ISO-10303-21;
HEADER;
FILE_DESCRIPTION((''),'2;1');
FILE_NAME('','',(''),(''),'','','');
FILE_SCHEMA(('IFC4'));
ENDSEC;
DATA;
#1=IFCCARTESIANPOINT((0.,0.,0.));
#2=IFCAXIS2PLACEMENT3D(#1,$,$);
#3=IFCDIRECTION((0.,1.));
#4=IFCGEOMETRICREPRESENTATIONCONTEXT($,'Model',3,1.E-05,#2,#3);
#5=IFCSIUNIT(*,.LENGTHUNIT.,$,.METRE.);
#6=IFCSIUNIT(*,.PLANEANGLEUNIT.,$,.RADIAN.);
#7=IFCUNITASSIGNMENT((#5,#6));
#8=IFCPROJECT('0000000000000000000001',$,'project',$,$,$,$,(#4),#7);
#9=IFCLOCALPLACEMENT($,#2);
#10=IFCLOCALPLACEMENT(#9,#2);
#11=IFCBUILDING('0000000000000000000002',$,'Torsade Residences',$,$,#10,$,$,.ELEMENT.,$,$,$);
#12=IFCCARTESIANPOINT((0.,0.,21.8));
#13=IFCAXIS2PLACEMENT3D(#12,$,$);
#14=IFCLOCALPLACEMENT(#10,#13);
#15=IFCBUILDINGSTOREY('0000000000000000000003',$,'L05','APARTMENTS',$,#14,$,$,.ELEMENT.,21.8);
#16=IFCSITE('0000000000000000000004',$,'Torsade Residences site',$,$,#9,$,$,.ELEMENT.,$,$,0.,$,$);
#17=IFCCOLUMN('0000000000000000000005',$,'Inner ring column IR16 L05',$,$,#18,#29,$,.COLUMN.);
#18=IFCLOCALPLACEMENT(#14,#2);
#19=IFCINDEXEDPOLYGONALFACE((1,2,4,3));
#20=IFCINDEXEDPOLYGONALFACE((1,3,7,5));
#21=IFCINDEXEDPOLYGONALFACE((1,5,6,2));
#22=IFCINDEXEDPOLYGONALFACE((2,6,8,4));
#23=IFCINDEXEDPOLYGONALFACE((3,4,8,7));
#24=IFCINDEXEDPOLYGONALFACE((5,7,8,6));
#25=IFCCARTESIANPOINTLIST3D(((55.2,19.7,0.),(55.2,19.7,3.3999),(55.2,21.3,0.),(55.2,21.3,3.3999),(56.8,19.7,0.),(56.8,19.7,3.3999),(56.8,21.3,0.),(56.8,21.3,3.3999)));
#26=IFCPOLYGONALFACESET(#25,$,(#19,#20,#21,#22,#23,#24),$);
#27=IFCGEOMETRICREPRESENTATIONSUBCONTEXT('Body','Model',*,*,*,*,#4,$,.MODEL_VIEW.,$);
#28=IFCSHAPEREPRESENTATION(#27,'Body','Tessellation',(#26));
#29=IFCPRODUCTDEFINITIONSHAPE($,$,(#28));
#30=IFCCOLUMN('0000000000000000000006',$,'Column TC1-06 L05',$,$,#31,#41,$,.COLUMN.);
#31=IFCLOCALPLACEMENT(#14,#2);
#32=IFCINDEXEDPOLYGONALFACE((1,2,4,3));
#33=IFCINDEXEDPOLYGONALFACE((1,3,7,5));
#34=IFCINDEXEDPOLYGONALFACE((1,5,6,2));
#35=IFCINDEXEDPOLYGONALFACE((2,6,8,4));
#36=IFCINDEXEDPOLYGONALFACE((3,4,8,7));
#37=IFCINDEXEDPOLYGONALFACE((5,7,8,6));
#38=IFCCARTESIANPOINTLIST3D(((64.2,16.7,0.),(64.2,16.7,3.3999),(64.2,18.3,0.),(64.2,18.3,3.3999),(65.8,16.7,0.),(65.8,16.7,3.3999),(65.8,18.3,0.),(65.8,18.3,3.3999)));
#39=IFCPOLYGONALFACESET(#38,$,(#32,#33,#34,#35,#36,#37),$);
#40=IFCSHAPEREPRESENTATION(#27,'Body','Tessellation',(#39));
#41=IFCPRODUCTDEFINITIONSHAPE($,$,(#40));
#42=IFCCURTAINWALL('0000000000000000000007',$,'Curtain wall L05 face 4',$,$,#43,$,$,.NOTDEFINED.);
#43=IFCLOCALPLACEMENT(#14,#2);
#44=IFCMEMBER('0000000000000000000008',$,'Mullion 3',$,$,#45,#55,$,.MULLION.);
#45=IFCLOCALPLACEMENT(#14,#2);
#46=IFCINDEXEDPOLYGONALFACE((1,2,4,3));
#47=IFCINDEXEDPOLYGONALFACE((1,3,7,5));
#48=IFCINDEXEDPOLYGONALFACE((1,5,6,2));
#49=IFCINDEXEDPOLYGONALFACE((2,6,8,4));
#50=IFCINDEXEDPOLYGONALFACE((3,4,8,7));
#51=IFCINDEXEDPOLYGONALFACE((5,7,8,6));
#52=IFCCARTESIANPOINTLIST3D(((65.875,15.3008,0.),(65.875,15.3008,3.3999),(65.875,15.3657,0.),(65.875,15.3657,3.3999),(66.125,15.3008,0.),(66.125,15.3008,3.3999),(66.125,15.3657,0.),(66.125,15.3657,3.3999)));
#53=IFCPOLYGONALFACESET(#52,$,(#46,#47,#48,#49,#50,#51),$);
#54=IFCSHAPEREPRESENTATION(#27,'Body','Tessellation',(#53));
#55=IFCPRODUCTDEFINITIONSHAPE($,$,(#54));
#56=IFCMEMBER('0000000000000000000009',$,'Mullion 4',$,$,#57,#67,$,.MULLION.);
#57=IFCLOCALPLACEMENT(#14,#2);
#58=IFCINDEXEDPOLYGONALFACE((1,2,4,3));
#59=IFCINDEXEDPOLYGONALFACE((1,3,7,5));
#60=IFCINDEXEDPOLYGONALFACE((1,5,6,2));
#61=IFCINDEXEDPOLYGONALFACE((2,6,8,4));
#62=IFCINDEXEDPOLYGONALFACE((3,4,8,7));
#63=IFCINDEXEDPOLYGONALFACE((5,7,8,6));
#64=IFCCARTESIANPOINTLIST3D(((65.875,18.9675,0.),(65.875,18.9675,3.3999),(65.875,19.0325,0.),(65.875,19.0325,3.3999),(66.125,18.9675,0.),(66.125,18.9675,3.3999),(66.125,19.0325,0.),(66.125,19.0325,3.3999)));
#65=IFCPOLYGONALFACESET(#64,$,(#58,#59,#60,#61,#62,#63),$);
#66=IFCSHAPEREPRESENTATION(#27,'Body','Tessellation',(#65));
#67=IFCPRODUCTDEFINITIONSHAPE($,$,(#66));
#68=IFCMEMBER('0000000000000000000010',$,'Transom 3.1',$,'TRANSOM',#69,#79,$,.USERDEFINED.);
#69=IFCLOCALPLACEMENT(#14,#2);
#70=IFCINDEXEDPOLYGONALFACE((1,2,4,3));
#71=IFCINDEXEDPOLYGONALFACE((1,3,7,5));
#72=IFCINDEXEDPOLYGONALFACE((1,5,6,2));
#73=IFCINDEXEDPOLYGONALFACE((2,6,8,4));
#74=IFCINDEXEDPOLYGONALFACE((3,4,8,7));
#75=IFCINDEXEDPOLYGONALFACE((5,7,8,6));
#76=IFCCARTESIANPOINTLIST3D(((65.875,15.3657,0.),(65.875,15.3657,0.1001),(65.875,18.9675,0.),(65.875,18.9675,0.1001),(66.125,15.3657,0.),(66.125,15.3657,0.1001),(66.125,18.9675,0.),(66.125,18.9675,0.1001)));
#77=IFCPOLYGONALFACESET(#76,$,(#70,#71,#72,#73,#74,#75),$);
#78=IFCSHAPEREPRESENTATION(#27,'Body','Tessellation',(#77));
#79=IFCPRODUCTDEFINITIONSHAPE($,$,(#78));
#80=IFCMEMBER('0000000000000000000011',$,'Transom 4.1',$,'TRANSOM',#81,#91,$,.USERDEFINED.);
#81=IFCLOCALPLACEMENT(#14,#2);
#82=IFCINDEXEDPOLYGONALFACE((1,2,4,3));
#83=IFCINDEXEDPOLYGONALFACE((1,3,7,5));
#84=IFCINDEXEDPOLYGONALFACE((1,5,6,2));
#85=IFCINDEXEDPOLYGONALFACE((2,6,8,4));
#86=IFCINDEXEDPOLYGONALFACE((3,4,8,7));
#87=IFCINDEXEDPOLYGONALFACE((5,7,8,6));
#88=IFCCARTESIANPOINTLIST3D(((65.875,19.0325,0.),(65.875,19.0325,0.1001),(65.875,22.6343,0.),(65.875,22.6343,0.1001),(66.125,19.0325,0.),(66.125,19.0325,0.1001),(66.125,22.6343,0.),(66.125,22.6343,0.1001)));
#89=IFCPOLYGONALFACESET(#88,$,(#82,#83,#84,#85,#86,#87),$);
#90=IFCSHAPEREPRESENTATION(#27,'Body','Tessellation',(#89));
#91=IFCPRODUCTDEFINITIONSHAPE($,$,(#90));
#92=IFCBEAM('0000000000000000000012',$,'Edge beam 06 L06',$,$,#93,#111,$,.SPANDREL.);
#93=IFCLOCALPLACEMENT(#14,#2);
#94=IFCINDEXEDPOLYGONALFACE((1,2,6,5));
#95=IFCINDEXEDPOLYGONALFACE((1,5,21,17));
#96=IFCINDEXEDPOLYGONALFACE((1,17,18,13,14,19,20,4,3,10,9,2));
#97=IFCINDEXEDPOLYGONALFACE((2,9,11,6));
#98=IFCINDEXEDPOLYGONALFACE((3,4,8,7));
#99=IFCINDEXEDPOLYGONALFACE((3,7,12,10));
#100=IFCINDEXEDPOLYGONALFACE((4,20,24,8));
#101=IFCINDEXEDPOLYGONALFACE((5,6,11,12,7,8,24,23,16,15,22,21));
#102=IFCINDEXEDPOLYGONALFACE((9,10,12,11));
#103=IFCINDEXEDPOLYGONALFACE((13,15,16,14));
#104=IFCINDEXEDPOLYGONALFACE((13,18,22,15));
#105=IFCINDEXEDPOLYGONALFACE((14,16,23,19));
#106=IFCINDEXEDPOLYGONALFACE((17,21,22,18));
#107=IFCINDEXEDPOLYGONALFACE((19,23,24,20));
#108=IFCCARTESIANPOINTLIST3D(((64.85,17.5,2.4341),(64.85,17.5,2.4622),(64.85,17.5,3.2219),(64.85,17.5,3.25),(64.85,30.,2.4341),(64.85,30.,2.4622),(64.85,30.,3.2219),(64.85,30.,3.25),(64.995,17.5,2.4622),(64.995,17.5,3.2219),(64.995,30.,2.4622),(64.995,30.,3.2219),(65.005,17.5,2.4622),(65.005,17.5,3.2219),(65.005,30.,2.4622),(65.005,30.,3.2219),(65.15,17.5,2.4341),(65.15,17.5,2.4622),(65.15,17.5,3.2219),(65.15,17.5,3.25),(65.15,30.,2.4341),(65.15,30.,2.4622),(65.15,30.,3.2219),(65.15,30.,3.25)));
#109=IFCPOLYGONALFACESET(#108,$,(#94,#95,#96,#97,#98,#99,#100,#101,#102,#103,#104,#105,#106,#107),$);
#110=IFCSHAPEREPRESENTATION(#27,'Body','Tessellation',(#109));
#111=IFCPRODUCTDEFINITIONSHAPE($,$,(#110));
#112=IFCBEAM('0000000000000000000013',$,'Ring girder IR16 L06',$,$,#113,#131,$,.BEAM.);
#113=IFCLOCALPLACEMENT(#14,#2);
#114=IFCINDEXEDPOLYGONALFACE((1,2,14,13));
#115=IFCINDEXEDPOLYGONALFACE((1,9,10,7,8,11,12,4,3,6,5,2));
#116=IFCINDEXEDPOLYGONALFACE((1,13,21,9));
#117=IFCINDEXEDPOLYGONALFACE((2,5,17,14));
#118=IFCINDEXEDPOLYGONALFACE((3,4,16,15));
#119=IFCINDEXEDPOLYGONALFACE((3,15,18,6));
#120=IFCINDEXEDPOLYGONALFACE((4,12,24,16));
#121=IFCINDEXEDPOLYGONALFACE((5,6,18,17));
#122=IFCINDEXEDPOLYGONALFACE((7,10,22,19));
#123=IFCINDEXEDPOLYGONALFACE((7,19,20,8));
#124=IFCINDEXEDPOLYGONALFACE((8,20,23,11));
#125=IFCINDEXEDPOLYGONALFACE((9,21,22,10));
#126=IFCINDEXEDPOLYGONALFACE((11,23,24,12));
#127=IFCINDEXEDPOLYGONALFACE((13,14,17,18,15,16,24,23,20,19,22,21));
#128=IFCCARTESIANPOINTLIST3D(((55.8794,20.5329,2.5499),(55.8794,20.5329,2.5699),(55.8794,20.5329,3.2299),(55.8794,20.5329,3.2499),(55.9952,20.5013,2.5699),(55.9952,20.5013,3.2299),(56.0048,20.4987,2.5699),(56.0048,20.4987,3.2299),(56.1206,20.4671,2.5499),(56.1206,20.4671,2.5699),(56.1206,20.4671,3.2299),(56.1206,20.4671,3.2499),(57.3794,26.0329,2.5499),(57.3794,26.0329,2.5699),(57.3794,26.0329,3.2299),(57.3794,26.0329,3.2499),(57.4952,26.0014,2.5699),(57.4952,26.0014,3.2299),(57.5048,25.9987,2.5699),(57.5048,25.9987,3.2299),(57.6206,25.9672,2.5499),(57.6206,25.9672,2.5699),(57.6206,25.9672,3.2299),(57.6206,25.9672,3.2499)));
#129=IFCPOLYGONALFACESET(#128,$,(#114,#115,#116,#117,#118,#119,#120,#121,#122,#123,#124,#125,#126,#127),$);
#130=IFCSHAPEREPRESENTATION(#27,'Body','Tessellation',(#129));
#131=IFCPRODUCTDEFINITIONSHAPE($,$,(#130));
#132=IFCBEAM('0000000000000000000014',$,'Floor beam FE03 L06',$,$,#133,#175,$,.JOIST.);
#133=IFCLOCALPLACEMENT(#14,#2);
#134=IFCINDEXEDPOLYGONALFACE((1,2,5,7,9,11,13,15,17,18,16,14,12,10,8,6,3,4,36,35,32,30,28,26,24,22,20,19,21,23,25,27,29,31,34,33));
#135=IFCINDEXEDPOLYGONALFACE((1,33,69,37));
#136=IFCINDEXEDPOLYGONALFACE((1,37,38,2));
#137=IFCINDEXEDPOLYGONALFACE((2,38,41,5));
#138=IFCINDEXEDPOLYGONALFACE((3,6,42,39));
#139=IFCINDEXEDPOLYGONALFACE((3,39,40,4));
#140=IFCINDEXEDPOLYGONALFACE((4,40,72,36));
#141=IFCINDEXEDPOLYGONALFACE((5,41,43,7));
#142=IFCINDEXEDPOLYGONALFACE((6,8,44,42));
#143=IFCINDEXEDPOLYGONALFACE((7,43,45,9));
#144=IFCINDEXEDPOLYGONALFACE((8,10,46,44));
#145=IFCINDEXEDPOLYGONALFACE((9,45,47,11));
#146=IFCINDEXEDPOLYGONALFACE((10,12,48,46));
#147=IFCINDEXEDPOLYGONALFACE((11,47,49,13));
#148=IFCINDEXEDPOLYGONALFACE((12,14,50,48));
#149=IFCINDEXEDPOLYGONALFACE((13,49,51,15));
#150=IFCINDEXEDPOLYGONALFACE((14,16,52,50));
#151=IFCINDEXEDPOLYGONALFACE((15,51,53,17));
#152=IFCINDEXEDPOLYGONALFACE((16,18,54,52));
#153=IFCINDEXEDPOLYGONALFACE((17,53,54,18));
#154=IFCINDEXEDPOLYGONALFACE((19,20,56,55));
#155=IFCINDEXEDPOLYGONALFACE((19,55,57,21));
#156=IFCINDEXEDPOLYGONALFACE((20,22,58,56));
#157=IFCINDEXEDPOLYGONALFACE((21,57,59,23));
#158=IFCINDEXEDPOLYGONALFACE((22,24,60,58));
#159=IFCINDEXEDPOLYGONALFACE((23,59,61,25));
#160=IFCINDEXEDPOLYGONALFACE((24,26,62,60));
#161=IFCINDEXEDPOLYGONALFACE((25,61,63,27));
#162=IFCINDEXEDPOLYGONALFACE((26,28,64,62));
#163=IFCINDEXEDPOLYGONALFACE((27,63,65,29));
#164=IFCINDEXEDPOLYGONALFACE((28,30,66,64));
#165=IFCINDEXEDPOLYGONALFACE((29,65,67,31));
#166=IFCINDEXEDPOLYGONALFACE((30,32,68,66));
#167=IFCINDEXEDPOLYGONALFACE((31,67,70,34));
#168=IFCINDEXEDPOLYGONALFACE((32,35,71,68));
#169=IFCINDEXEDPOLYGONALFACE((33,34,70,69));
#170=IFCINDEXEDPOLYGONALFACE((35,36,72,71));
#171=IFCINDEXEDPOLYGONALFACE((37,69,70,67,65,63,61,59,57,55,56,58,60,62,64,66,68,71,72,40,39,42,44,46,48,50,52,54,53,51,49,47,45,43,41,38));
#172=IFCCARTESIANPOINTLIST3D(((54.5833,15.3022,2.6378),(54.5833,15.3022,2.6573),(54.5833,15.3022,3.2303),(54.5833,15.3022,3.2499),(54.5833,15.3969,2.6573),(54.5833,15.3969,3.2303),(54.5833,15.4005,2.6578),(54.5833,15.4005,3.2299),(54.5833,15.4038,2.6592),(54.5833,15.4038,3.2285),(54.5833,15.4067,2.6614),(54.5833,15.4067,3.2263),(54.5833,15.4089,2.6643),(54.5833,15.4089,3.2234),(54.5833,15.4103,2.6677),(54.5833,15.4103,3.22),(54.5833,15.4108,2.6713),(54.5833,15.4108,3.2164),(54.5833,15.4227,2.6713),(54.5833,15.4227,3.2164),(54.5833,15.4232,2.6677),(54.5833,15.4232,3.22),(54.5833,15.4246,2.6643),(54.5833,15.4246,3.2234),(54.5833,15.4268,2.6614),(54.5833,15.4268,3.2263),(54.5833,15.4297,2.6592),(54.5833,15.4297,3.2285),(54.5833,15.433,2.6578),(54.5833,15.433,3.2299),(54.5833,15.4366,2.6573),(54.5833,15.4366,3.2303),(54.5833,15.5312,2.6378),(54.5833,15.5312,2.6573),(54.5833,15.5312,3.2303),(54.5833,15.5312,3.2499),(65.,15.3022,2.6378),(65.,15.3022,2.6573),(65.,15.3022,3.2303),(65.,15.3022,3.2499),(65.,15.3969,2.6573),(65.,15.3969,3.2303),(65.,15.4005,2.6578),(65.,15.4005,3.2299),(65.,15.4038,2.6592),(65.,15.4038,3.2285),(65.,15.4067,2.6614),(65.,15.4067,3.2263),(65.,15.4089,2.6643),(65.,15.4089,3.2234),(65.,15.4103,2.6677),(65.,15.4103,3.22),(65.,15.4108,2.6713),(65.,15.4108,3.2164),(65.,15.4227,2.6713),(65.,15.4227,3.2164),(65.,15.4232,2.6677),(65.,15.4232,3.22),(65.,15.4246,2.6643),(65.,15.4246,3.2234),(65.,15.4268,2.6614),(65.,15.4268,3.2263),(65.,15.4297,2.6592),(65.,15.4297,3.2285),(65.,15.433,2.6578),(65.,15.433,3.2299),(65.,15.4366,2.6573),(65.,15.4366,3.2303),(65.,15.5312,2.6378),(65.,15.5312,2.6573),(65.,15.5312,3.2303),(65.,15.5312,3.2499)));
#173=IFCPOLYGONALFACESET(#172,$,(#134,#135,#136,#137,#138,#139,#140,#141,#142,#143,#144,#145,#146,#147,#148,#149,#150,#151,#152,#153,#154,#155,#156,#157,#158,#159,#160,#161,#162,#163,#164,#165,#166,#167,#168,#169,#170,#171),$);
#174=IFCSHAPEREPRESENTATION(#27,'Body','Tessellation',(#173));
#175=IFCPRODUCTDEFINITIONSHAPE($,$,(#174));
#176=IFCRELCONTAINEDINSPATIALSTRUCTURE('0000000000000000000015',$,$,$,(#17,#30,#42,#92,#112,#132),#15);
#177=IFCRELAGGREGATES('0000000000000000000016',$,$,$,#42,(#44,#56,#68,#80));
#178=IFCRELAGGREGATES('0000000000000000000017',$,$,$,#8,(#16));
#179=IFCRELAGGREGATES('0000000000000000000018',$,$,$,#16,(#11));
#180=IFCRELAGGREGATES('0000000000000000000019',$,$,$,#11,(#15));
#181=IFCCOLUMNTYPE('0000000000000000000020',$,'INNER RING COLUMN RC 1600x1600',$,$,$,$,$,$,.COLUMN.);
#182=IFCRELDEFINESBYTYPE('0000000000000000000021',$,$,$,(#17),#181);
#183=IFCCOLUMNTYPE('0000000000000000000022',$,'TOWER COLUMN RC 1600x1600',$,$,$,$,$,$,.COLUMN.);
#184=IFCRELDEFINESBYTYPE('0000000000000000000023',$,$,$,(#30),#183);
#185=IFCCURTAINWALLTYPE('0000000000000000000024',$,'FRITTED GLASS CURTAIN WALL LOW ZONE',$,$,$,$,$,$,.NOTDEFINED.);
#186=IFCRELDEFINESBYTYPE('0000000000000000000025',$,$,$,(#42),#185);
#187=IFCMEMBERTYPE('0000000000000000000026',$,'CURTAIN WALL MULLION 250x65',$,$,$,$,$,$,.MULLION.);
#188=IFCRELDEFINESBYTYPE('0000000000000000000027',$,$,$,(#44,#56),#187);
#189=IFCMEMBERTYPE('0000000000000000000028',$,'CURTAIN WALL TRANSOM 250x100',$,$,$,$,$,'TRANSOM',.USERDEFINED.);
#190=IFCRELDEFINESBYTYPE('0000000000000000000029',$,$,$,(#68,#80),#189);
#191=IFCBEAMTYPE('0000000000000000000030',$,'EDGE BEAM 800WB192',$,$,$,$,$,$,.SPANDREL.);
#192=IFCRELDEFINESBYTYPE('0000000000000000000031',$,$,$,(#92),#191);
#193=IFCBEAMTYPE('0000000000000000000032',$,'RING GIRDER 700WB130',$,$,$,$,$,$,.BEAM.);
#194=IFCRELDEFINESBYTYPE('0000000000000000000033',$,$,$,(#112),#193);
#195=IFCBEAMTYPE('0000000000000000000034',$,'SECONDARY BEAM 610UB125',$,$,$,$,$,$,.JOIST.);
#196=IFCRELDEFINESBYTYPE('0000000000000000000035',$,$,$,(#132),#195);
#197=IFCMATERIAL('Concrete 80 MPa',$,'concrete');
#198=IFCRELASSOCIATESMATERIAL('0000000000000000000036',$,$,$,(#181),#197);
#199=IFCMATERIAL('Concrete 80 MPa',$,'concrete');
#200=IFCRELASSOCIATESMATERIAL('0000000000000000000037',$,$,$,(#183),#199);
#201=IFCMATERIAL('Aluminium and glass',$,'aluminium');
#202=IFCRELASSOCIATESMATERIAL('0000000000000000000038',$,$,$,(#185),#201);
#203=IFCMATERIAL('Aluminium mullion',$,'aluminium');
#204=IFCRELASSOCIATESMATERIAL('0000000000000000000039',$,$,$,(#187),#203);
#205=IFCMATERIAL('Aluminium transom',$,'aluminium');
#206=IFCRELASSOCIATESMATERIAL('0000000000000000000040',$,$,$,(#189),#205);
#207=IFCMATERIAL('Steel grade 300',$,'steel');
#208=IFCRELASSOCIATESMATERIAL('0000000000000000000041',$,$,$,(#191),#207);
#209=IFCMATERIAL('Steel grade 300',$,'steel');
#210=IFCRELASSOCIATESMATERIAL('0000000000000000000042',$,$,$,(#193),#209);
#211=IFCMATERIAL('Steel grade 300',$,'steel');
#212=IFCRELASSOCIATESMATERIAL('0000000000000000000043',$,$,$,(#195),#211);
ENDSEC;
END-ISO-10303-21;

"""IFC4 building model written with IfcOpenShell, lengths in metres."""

from ifc_helpers import new_model, si_unit, direction, frame, origin, origin_2d, place, context, subcontext, project, spatial, rectangle, i_section, extrude, material, material_profile, profile_set, type_object, element, aggregate, save


model = new_model("IFC4")

# Units and contexts
model_context = context("Model", 3, precision=1e-05, world=origin(), true_north=direction((0.0, 1.0)))
body_context = subcontext(model_context, "Body", "Model", "MODEL_VIEW")
ifc_project = project(units=[si_unit("LENGTHUNIT", "METRE"), si_unit("PLANEANGLEUNIT", "RADIAN")], contexts=[model_context])

# Site, building, storey
site_placement = place(None, origin())
site = spatial("IfcSite", under=ifc_project, at=site_placement, Name="Torsade Residences site", CompositionType="ELEMENT", RefElevation=0.0)
building_placement = place(site_placement, origin())
building = spatial("IfcBuilding", under=site, at=building_placement, Name="Torsade Residences", CompositionType="ELEMENT")
storey_placement = place(building_placement, frame((0.0, 0.0, 21.8)))
storey = spatial("IfcBuildingStorey", under=building, at=storey_placement, Name="L05", Description="APARTMENTS", CompositionType="ELEMENT", Elevation=21.8)

# Columns
ifc_material_1 = material(Name="Concrete 80 MPa", Category="concrete")
ifc_material_profile_1 = material_profile(ifc_material_1, rectangle(XDim=1.6001, YDim=1.6001, at=origin_2d()), Name="RC 1600x1600")
ifc_profile_set_1 = profile_set([ifc_material_profile_1], Name="Concrete 80 MPa")
column_type_1 = type_object("IfcColumnType", Name="INNER RING COLUMN RC 1600x1600", PredefinedType="COLUMN", material=ifc_profile_set_1)
column_1_placement = place(storey_placement, frame((56.0, 20.5, 0.0), z_axis=(0.0, 0.0, 1.0), x_axis=(1.0, 0.0, 0.0)))
element("IfcColumn", 1, at=column_1_placement, inside=storey, type_object=column_type_1, Name="Inner ring column IR16 L05", PredefinedType="COLUMN", context=body_context, shape_type="SweptSolid", body=[
    extrude(rectangle(XDim=1.6001, YDim=1.6001, at=origin_2d()), origin(), (0.0, 0.0, 1.0), 3.3999),
])
ifc_material_2 = material(Name="Concrete 80 MPa", Category="concrete")
ifc_material_profile_2 = material_profile(ifc_material_2, rectangle(XDim=1.6001, YDim=1.6001, at=origin_2d()), Name="RC 1600x1600")
ifc_profile_set_2 = profile_set([ifc_material_profile_2], Name="Concrete 80 MPa")
column_type_2 = type_object("IfcColumnType", Name="TOWER COLUMN RC 1600x1600", PredefinedType="COLUMN", material=ifc_profile_set_2)
column_2_placement = place(storey_placement, frame((65.0, 17.5, 0.0), z_axis=(0.0, 0.0, 1.0), x_axis=(1.0, 0.0, 0.0)))
element("IfcColumn", 2, at=column_2_placement, inside=storey, type_object=column_type_2, Name="Column TC1-06 L05", PredefinedType="COLUMN", context=body_context, shape_type="SweptSolid", body=[
    extrude(rectangle(XDim=1.6001, YDim=1.6001, at=origin_2d()), origin(), (0.0, 0.0, 1.0), 3.3999),
])

# Curtain wall, members
ifc_material_3 = material(Name="Aluminium and glass", Category="aluminium")
curtain_wall_type = type_object("IfcCurtainWallType", Name="FRITTED GLASS CURTAIN WALL LOW ZONE", PredefinedType="NOTDEFINED", material=ifc_material_3)
curtain_wall_placement = place(storey_placement, origin())
curtain_wall = element("IfcCurtainWall", 3, at=curtain_wall_placement, inside=storey, type_object=curtain_wall_type, Name="Curtain wall L05 face 4", PredefinedType="NOTDEFINED")
ifc_material_4 = material(Name="Aluminium mullion", Category="aluminium")
ifc_material_profile_3 = material_profile(ifc_material_4, rectangle(XDim=0.25, YDim=0.0649, at=origin_2d()), Name="CURTAIN WALL MULLION 250x65")
ifc_profile_set_3 = profile_set([ifc_material_profile_3], Name="Aluminium mullion")
member_type_1 = type_object("IfcMemberType", Name="CURTAIN WALL MULLION 250x65", PredefinedType="MULLION", material=ifc_profile_set_3)
member_1_placement = place(storey_placement, frame((66.0, 15.3333, 0.0), z_axis=(0.0, 0.0, 1.0), x_axis=(-1.0, 0.0, 0.0)))
member_1 = element("IfcMember", 4, at=member_1_placement, type_object=member_type_1, Name="Mullion 3", PredefinedType="MULLION", context=body_context, shape_type="SweptSolid", body=[
    extrude(rectangle(XDim=0.25, YDim=0.0649, at=origin_2d()), origin(), (0.0, 0.0, 1.0), 3.3999),
])
member_2_placement = place(storey_placement, frame((66.0, 19.0, 0.0), z_axis=(0.0, 0.0, 1.0), x_axis=(-1.0, 0.0, 0.0)))
member_2 = element("IfcMember", 5, at=member_2_placement, type_object=member_type_1, Name="Mullion 4", PredefinedType="MULLION", context=body_context, shape_type="SweptSolid", body=[
    extrude(rectangle(XDim=0.25, YDim=0.0649, at=origin_2d()), origin(), (0.0, 0.0, 1.0), 3.3999),
])
ifc_material_5 = material(Name="Aluminium transom", Category="aluminium")
ifc_material_profile_4 = material_profile(ifc_material_5, rectangle(XDim=0.25, YDim=0.1001, at=origin_2d()), Name="CURTAIN WALL TRANSOM 250x100")
ifc_profile_set_4 = profile_set([ifc_material_profile_4], Name="Aluminium transom")
member_type_2 = type_object("IfcMemberType", Name="CURTAIN WALL TRANSOM 250x100", ElementType="TRANSOM", PredefinedType="USERDEFINED", material=ifc_profile_set_4)
member_3_placement = place(storey_placement, frame((66.0, 15.3657, 0.05), z_axis=(0.0, 1.0, 0.0), x_axis=(-1.0, 0.0, 0.0)))
member_3 = element("IfcMember", 6, at=member_3_placement, type_object=member_type_2, Name="Transom 3.1", ObjectType="TRANSOM", PredefinedType="USERDEFINED", context=body_context, shape_type="SweptSolid", body=[
    extrude(rectangle(XDim=0.25, YDim=0.1001, at=origin_2d()), origin(), (0.0, 0.0, 1.0), 3.6018),
])
member_4_placement = place(storey_placement, frame((66.0, 19.0325, 0.05), z_axis=(0.0, 1.0, 0.0), x_axis=(-1.0, 0.0, 0.0)))
member_4 = element("IfcMember", 7, at=member_4_placement, type_object=member_type_2, Name="Transom 4.1", ObjectType="TRANSOM", PredefinedType="USERDEFINED", context=body_context, shape_type="SweptSolid", body=[
    extrude(rectangle(XDim=0.25, YDim=0.1001, at=origin_2d()), origin(), (0.0, 0.0, 1.0), 3.6018),
])

# Beams
ifc_material_6 = material(Name="Steel grade 300", Category="steel")
ifc_material_profile_5 = material_profile(ifc_material_6, i_section(OverallWidth=0.3, OverallDepth=0.8159, WebThickness=0.01, FlangeThickness=0.0281, at=origin_2d()), Name="800WB192")
ifc_profile_set_5 = profile_set([ifc_material_profile_5], Name="Steel grade 300")
beam_type_1 = type_object("IfcBeamType", Name="EDGE BEAM 800WB192", PredefinedType="SPANDREL", material=ifc_profile_set_5)
beam_1_placement = place(storey_placement, frame((65.0, 17.5, 2.842), z_axis=(0.0, 1.0, 0.0), x_axis=(-1.0, 0.0, 0.0)))
element("IfcBeam", 8, at=beam_1_placement, inside=storey, type_object=beam_type_1, Name="Edge beam 06 L06", PredefinedType="SPANDREL", context=body_context, shape_type="SweptSolid", body=[
    extrude(i_section(OverallWidth=0.3, OverallDepth=0.8159, WebThickness=0.01, FlangeThickness=0.0281, at=origin_2d()), origin(), (0.0, 0.0, 1.0), 12.5),
])
ifc_material_7 = material(Name="Steel grade 300", Category="steel")
ifc_material_profile_6 = material_profile(ifc_material_7, i_section(OverallWidth=0.25, OverallDepth=0.7, WebThickness=0.01, FlangeThickness=0.02, at=origin_2d()), Name="700WB130")
ifc_profile_set_6 = profile_set([ifc_material_profile_6], Name="Steel grade 300")
beam_type_2 = type_object("IfcBeamType", Name="RING GIRDER 700WB130", PredefinedType="BEAM", material=ifc_profile_set_6)
beam_2_placement = place(storey_placement, frame((56.0, 20.5, 2.8999), z_axis=(0.263117, 0.964764, 0.0), x_axis=(-0.964764, 0.263117, 0.0)))
element("IfcBeam", 9, at=beam_2_placement, inside=storey, type_object=beam_type_2, Name="Ring girder IR16 L06", PredefinedType="BEAM", context=body_context, shape_type="SweptSolid", body=[
    extrude(i_section(OverallWidth=0.25, OverallDepth=0.7, WebThickness=0.01, FlangeThickness=0.02, at=origin_2d()), origin(), (0.0, 0.0, 1.0), 5.7009),
])
ifc_material_8 = material(Name="Steel grade 300", Category="steel")
ifc_material_profile_7 = material_profile(ifc_material_8, i_section(OverallWidth=0.229, OverallDepth=0.6121, WebThickness=0.012, FlangeThickness=0.0195, FilletRadius=0.0139, at=origin_2d()), Name="610UB125")
ifc_profile_set_7 = profile_set([ifc_material_profile_7], Name="Steel grade 300")
beam_type_3 = type_object("IfcBeamType", Name="SECONDARY BEAM 610UB125", PredefinedType="JOIST", material=ifc_profile_set_7)
beam_3_placement = place(storey_placement, frame((65.0, 15.4167, 2.9438), z_axis=(-1.0, 0.0, 0.0), x_axis=(0.0, -1.0, 0.0)))
element("IfcBeam", 10, at=beam_3_placement, inside=storey, type_object=beam_type_3, Name="Floor beam FE03 L06", PredefinedType="JOIST", context=body_context, shape_type="SweptSolid", body=[
    extrude(i_section(OverallWidth=0.229, OverallDepth=0.6121, WebThickness=0.012, FlangeThickness=0.0195, FilletRadius=0.0139, at=origin_2d()), origin(), (0.0, 0.0, 1.0), 10.4167),
])

aggregate(curtain_wall, [member_1, member_2, member_3, member_4])

save(model, "model.ifc")
